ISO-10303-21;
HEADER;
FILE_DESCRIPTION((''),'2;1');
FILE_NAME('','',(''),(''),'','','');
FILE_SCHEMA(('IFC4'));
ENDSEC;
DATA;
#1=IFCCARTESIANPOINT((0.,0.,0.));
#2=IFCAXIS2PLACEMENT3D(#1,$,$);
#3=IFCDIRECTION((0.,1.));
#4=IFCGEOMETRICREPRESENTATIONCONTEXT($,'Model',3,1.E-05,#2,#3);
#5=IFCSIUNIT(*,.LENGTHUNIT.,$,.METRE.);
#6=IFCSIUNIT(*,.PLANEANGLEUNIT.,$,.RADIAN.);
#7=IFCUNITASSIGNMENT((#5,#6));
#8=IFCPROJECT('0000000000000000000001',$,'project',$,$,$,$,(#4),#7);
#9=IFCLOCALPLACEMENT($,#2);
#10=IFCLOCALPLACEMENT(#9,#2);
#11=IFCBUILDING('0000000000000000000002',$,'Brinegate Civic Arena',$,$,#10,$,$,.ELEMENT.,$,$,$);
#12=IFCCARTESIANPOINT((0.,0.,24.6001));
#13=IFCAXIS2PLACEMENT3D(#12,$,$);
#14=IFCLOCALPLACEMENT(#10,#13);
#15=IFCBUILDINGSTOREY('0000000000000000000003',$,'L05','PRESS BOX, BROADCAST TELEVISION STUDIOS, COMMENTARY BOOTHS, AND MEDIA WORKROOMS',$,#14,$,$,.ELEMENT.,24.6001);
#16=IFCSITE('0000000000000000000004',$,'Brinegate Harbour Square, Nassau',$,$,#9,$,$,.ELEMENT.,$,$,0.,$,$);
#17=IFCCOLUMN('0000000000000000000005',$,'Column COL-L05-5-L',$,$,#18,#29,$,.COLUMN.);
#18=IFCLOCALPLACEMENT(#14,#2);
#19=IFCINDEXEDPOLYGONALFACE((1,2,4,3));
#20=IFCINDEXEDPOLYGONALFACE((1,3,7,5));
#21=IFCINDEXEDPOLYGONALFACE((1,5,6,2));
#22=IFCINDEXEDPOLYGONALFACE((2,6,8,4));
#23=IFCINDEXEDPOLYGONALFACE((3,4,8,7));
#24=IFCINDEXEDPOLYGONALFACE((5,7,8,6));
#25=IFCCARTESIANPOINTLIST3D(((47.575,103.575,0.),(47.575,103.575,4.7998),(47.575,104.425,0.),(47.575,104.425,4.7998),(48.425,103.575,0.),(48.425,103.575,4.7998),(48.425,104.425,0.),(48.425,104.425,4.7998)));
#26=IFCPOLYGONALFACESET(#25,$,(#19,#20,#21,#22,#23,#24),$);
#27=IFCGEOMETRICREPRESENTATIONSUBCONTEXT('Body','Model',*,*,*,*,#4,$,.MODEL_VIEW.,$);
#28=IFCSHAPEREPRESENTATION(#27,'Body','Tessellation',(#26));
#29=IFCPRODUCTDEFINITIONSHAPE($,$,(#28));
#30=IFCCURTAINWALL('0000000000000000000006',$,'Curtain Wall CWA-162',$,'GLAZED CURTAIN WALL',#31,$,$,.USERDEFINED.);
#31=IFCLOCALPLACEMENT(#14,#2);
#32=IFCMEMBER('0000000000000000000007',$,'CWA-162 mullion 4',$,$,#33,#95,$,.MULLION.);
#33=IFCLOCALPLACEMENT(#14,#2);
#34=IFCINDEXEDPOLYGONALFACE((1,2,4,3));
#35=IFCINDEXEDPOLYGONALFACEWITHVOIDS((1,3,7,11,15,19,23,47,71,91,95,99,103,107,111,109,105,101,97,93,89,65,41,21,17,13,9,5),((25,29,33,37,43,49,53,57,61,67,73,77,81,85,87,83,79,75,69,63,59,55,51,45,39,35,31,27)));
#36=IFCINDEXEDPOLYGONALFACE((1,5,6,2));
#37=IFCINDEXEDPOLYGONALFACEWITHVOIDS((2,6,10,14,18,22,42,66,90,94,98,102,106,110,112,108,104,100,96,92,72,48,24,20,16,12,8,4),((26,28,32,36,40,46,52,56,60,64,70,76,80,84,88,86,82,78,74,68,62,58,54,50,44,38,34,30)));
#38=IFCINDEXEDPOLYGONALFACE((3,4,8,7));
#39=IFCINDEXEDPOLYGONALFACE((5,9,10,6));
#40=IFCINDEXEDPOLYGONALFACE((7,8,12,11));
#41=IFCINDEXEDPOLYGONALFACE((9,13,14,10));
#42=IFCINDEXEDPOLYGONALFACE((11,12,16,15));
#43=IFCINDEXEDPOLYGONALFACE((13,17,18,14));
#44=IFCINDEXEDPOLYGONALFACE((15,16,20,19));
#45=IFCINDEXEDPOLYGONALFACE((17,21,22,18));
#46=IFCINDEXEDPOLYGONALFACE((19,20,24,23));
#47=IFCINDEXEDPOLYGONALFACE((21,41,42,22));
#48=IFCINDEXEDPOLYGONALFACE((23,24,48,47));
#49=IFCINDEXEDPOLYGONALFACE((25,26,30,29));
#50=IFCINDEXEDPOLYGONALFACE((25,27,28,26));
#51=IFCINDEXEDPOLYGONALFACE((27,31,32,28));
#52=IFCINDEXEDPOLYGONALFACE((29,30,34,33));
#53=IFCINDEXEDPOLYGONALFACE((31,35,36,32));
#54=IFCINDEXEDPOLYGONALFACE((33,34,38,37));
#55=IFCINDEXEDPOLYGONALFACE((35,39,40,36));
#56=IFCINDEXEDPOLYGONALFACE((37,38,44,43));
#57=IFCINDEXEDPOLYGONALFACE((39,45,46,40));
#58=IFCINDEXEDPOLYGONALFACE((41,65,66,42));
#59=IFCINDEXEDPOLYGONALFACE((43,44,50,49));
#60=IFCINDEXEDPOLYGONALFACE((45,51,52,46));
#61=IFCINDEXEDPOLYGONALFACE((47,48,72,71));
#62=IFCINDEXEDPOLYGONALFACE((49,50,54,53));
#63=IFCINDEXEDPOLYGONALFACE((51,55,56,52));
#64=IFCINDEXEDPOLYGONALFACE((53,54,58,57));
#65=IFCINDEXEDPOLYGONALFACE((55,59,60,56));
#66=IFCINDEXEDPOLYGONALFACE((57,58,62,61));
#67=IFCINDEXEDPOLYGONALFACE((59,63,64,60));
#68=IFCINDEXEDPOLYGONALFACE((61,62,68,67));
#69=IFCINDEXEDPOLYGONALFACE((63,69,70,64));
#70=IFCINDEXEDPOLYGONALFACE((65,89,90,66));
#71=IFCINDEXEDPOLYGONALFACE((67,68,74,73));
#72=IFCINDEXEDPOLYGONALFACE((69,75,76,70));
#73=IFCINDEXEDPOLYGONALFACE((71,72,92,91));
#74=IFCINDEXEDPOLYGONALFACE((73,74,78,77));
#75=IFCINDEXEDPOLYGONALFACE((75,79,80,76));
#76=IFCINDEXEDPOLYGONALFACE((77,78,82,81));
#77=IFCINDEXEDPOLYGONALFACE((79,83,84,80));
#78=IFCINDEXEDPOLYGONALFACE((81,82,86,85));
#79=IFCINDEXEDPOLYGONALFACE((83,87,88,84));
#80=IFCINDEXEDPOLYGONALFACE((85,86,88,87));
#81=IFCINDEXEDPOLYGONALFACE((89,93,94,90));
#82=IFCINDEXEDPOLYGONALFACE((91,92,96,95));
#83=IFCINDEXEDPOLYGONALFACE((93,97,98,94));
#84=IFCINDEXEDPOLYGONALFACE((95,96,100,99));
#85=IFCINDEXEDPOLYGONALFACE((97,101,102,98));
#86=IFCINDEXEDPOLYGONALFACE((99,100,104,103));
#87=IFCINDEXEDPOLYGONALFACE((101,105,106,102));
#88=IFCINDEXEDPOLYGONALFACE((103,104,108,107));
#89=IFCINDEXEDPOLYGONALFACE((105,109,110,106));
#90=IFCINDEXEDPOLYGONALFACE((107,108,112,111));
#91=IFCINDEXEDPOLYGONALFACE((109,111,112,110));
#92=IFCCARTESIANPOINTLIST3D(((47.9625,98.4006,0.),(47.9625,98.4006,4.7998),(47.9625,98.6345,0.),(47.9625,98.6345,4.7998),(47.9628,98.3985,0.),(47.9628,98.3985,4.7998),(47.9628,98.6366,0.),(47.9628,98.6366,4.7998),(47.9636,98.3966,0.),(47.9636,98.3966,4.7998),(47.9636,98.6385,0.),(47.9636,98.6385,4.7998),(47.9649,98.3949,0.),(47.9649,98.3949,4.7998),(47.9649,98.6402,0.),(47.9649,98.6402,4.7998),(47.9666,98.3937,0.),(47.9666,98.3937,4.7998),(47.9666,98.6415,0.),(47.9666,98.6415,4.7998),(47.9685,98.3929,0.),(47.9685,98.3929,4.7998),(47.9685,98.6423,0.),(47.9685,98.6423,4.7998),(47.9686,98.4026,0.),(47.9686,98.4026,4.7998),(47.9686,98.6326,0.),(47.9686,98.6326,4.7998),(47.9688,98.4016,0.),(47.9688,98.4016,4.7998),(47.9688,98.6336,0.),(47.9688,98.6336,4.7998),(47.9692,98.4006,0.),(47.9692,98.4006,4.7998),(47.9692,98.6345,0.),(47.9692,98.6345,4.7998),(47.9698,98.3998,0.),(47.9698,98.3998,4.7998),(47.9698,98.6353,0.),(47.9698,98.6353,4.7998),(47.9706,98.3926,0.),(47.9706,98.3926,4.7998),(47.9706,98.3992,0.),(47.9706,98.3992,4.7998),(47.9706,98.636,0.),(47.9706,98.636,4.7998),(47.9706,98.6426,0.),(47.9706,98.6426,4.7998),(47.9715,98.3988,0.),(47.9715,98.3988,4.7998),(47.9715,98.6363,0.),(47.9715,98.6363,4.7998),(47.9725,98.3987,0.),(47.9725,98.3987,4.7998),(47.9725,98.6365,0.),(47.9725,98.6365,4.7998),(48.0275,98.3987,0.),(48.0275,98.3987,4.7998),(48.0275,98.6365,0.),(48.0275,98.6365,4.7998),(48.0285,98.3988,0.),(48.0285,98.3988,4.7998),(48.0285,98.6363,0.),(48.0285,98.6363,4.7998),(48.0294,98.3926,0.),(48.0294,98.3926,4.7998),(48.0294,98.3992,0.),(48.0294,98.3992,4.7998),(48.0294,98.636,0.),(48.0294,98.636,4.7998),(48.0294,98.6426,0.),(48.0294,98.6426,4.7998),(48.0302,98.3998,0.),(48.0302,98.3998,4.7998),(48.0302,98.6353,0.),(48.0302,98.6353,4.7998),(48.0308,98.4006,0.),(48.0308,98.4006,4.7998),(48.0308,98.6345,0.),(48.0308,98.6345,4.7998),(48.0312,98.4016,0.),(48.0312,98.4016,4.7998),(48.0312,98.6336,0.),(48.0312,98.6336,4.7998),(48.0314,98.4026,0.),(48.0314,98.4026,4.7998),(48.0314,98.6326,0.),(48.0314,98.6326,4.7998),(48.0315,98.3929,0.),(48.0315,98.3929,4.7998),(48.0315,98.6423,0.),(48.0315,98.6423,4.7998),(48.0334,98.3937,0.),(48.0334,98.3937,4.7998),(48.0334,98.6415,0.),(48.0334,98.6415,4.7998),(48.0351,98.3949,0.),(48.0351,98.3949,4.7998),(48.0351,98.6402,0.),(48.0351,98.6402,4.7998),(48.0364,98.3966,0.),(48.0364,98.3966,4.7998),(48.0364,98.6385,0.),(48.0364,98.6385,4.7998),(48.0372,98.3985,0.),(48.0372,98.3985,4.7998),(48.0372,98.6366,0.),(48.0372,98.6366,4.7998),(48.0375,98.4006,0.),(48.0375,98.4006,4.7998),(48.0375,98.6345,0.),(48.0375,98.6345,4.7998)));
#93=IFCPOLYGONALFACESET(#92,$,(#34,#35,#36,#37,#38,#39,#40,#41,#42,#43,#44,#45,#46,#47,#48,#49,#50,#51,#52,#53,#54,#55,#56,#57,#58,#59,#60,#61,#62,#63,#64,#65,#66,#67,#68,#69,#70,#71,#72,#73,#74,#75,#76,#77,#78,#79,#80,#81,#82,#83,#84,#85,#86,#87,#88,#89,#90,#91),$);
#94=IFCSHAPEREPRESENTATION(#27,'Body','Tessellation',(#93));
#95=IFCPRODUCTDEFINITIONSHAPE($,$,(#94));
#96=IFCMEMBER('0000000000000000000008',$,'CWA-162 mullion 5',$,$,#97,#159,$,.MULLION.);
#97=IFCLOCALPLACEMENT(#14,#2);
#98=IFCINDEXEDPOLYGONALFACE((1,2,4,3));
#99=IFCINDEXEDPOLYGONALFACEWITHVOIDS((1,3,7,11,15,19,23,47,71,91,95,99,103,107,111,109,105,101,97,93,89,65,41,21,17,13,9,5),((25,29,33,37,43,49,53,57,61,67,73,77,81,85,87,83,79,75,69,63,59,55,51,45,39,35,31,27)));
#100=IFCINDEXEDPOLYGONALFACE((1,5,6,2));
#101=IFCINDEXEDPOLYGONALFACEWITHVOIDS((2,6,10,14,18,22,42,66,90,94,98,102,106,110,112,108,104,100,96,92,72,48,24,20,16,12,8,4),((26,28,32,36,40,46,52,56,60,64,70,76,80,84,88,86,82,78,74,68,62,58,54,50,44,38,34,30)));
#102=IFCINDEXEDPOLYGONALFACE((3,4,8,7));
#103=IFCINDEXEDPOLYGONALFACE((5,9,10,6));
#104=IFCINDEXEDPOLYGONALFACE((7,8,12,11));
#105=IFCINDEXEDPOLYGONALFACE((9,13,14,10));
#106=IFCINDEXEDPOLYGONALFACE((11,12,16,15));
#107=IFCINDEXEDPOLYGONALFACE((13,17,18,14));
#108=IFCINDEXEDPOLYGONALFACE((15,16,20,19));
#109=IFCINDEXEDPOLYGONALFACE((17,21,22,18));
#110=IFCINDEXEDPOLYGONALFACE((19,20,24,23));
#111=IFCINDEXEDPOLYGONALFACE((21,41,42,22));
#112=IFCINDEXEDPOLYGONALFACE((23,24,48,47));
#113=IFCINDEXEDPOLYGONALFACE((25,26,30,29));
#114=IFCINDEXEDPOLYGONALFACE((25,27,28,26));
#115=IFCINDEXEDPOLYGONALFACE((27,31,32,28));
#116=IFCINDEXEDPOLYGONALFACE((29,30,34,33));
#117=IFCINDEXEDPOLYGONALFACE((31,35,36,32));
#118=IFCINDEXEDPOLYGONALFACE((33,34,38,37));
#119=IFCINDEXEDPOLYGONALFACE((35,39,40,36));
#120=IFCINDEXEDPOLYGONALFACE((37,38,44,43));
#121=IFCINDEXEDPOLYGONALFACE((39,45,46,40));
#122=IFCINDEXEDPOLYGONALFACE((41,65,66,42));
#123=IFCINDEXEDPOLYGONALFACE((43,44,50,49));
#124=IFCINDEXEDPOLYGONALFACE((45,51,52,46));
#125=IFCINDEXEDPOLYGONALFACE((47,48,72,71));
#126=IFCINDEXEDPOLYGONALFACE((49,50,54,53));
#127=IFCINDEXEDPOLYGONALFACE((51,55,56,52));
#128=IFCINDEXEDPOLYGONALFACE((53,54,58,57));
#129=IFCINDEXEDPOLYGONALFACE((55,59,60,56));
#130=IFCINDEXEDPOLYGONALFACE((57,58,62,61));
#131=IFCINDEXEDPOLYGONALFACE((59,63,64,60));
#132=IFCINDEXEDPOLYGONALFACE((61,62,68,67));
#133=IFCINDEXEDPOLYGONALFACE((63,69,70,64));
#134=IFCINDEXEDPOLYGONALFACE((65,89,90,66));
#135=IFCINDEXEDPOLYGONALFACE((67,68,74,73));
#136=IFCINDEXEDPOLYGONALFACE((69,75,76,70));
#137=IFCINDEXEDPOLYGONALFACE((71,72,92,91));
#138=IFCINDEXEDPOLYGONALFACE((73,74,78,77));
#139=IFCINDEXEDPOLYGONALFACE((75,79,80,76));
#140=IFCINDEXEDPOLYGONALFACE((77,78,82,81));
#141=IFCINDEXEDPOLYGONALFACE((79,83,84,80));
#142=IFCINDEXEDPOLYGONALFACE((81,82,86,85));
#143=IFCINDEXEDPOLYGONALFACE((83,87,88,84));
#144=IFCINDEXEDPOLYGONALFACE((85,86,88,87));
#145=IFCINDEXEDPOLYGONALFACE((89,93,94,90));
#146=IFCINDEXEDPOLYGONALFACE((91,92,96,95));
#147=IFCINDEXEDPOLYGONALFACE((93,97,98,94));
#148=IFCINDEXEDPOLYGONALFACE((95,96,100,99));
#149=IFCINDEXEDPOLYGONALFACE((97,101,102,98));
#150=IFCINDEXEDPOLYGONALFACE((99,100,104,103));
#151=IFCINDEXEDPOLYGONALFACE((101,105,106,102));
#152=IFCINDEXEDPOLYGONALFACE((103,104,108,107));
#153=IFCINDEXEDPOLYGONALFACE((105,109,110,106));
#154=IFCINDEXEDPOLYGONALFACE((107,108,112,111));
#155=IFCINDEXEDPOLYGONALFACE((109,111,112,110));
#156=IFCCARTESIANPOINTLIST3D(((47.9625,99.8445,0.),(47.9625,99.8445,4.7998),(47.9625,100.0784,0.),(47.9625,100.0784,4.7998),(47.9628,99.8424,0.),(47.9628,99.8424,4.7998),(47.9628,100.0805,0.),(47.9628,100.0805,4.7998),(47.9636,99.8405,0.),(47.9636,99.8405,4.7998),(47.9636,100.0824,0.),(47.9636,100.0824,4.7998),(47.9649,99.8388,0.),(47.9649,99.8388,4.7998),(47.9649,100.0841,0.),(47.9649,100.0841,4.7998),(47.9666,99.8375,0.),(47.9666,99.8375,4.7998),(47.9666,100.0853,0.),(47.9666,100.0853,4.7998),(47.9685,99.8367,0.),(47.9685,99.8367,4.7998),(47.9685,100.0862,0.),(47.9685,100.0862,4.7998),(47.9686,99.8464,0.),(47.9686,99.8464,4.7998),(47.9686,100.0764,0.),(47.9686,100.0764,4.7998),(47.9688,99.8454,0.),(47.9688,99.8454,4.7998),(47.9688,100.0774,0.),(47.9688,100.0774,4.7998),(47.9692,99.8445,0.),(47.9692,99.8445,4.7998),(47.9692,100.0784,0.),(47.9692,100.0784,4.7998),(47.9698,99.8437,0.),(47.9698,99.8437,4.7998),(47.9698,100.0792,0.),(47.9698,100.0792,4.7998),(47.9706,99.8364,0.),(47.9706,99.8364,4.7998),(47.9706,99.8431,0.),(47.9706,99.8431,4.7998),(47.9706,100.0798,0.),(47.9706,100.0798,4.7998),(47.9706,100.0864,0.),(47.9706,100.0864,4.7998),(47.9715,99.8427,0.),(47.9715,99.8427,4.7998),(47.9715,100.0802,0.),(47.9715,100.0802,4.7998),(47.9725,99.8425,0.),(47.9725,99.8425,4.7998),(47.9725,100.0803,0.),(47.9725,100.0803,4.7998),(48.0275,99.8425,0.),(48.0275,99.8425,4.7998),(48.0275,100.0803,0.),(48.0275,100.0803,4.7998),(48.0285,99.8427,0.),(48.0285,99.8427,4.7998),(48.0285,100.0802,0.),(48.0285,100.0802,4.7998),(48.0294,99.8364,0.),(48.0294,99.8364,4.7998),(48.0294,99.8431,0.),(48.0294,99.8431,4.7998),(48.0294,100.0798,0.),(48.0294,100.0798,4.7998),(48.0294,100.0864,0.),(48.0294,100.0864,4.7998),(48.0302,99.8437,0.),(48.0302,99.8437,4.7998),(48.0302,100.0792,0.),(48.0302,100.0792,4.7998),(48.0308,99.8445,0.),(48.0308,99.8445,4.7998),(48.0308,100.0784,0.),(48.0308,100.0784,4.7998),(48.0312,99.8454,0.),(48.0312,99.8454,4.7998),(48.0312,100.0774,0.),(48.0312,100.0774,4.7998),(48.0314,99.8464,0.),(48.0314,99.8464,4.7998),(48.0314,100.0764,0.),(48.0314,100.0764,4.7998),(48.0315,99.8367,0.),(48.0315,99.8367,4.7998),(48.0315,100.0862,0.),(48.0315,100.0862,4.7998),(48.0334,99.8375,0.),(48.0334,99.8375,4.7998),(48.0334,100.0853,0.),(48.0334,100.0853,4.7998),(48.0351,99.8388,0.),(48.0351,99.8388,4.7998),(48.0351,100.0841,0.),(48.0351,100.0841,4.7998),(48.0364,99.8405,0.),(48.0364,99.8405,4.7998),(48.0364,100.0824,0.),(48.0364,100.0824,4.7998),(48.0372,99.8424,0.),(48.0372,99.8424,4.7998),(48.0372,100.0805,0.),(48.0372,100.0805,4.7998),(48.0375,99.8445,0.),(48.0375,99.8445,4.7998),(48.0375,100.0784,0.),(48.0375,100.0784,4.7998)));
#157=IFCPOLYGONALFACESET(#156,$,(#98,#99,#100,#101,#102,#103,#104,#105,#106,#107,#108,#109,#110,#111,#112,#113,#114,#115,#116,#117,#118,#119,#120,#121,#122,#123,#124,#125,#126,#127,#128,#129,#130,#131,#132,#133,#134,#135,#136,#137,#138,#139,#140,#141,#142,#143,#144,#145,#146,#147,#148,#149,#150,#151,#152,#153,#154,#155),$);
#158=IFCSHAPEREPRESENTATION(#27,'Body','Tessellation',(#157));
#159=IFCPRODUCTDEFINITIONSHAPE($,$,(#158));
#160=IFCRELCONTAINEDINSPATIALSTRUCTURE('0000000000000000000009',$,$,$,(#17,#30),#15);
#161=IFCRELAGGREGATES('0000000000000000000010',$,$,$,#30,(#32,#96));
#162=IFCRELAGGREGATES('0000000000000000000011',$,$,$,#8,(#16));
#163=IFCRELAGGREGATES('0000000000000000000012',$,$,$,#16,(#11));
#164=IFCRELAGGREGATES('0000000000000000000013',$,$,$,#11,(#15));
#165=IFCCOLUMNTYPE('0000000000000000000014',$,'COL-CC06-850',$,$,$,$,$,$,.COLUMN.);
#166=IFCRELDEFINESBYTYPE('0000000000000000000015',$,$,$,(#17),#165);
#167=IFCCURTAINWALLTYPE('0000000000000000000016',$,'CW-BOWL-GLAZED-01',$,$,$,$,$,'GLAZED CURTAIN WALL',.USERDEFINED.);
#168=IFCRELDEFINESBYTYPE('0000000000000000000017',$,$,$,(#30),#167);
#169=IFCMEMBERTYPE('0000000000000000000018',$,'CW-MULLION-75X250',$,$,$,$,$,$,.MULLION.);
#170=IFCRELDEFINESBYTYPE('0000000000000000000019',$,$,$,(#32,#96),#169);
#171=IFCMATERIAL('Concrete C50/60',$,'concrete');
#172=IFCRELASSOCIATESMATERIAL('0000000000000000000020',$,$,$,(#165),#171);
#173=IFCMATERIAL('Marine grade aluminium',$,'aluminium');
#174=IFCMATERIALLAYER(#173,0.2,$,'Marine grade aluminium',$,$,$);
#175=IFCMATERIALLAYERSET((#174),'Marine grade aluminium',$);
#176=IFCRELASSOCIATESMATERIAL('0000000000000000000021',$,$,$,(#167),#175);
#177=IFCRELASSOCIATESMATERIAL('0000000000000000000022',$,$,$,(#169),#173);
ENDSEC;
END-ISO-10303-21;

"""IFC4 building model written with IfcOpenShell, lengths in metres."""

from ifc_helpers import new_model, si_unit, direction, frame, origin, origin_2d, place, context, subcontext, project, spatial, rectangle, hollow_rectangle, extrude, material, layer, layer_set, material_profile, profile_set, type_object, element, aggregate, save


model = new_model("IFC4")

# Units and contexts
model_context = context("Model", 3, precision=1e-05, world=origin(), true_north=direction((0.0, 1.0)))
body_context = subcontext(model_context, "Body", "Model", "MODEL_VIEW")
ifc_project = project(units=[si_unit("LENGTHUNIT", "METRE"), si_unit("PLANEANGLEUNIT", "RADIAN")], contexts=[model_context])

# Site, building, storey
site_placement = place(None, origin())
site = spatial("IfcSite", under=ifc_project, at=site_placement, Name="Brinegate Harbour Square, Nassau", CompositionType="ELEMENT", RefElevation=0.0)
building_placement = place(site_placement, origin())
building = spatial("IfcBuilding", under=site, at=building_placement, Name="Brinegate Civic Arena", CompositionType="ELEMENT")
storey_placement = place(building_placement, frame((0.0, 0.0, 24.6001)))
storey = spatial("IfcBuildingStorey", under=building, at=storey_placement, Name="L05", Description="PRESS BOX, BROADCAST TELEVISION STUDIOS, COMMENTARY BOOTHS, AND MEDIA WORKROOMS", CompositionType="ELEMENT", Elevation=24.6001)

# Column
ifc_material_1 = material(Name="Concrete C50/60", Category="concrete")
ifc_material_profile_1 = material_profile(ifc_material_1, rectangle(XDim=0.8501, YDim=0.8501, at=origin_2d()), Name="RC850X850")
ifc_profile_set_1 = profile_set([ifc_material_profile_1], Name="Concrete C50/60")
column_type = type_object("IfcColumnType", Name="COL-CC06-850", PredefinedType="COLUMN", material=ifc_profile_set_1)
column_placement = place(storey_placement, frame((48.0, 104.0, 0.0), z_axis=(0.0, 0.0, 1.0), x_axis=(1.0, 0.0, 0.0)))
element("IfcColumn", 1, at=column_placement, inside=storey, type_object=column_type, Name="Column COL-L05-5-L", PredefinedType="COLUMN", context=body_context, shape_type="SweptSolid", body=[
    extrude(rectangle(XDim=0.8501, YDim=0.8501, at=origin_2d()), origin(), (0.0, 0.0, 1.0), 4.7998),
])

# Curtain wall, members
ifc_material_2 = material(Name="Marine grade aluminium", Category="aluminium")
ifc_layer_1 = layer(ifc_material_2, 0.2, Name="Marine grade aluminium")
ifc_layer_set_1 = layer_set([ifc_layer_1], Name="Marine grade aluminium")
curtain_wall_type = type_object("IfcCurtainWallType", Name="CW-BOWL-GLAZED-01", ElementType="GLAZED CURTAIN WALL", PredefinedType="USERDEFINED", material=ifc_layer_set_1)
curtain_wall_placement = place(storey_placement, origin())
curtain_wall = element("IfcCurtainWall", 2, at=curtain_wall_placement, inside=storey, type_object=curtain_wall_type, Name="Curtain Wall CWA-162", ObjectType="GLAZED CURTAIN WALL", PredefinedType="USERDEFINED")
ifc_material_profile_2 = material_profile(ifc_material_2, hollow_rectangle(XDim=0.075, YDim=0.25, WallThickness=0.0061, InnerFilletRadius=0.0039, OuterFilletRadius=0.0081, at=origin_2d()), Name="MUL75X250")
ifc_profile_set_2 = profile_set([ifc_material_profile_2], Name="Marine grade aluminium")
member_type_1 = type_object("IfcMemberType", Name="CW-MULLION-75X250", PredefinedType="MULLION", material=ifc_profile_set_2)
member_1_placement = place(storey_placement, frame((48.0, 98.5176, 0.0), z_axis=(0.0, 0.0, 1.0), x_axis=(-1.0, 0.0, 0.0)))
member_1 = element("IfcMember", 3, at=member_1_placement, type_object=member_type_1, Name="CWA-162 mullion 4", PredefinedType="MULLION", context=body_context, shape_type="SweptSolid", body=[
    extrude(hollow_rectangle(XDim=0.075, YDim=0.25, WallThickness=0.0061, InnerFilletRadius=0.0039, OuterFilletRadius=0.0081, at=origin_2d()), origin(), (0.0, 0.0, 1.0), 4.7998),
])
member_2_placement = place(storey_placement, frame((48.0, 99.9614, 0.0), z_axis=(0.0, 0.0, 1.0), x_axis=(-1.0, 0.0, 0.0)))
member_2 = element("IfcMember", 4, at=member_2_placement, type_object=member_type_1, Name="CWA-162 mullion 5", PredefinedType="MULLION", context=body_context, shape_type="SweptSolid", body=[
    extrude(hollow_rectangle(XDim=0.075, YDim=0.25, WallThickness=0.0061, InnerFilletRadius=0.0039, OuterFilletRadius=0.0081, at=origin_2d()), origin(), (0.0, 0.0, 1.0), 4.7998),
])

aggregate(curtain_wall, [member_1, member_2])

save(model, "model.ifc")
